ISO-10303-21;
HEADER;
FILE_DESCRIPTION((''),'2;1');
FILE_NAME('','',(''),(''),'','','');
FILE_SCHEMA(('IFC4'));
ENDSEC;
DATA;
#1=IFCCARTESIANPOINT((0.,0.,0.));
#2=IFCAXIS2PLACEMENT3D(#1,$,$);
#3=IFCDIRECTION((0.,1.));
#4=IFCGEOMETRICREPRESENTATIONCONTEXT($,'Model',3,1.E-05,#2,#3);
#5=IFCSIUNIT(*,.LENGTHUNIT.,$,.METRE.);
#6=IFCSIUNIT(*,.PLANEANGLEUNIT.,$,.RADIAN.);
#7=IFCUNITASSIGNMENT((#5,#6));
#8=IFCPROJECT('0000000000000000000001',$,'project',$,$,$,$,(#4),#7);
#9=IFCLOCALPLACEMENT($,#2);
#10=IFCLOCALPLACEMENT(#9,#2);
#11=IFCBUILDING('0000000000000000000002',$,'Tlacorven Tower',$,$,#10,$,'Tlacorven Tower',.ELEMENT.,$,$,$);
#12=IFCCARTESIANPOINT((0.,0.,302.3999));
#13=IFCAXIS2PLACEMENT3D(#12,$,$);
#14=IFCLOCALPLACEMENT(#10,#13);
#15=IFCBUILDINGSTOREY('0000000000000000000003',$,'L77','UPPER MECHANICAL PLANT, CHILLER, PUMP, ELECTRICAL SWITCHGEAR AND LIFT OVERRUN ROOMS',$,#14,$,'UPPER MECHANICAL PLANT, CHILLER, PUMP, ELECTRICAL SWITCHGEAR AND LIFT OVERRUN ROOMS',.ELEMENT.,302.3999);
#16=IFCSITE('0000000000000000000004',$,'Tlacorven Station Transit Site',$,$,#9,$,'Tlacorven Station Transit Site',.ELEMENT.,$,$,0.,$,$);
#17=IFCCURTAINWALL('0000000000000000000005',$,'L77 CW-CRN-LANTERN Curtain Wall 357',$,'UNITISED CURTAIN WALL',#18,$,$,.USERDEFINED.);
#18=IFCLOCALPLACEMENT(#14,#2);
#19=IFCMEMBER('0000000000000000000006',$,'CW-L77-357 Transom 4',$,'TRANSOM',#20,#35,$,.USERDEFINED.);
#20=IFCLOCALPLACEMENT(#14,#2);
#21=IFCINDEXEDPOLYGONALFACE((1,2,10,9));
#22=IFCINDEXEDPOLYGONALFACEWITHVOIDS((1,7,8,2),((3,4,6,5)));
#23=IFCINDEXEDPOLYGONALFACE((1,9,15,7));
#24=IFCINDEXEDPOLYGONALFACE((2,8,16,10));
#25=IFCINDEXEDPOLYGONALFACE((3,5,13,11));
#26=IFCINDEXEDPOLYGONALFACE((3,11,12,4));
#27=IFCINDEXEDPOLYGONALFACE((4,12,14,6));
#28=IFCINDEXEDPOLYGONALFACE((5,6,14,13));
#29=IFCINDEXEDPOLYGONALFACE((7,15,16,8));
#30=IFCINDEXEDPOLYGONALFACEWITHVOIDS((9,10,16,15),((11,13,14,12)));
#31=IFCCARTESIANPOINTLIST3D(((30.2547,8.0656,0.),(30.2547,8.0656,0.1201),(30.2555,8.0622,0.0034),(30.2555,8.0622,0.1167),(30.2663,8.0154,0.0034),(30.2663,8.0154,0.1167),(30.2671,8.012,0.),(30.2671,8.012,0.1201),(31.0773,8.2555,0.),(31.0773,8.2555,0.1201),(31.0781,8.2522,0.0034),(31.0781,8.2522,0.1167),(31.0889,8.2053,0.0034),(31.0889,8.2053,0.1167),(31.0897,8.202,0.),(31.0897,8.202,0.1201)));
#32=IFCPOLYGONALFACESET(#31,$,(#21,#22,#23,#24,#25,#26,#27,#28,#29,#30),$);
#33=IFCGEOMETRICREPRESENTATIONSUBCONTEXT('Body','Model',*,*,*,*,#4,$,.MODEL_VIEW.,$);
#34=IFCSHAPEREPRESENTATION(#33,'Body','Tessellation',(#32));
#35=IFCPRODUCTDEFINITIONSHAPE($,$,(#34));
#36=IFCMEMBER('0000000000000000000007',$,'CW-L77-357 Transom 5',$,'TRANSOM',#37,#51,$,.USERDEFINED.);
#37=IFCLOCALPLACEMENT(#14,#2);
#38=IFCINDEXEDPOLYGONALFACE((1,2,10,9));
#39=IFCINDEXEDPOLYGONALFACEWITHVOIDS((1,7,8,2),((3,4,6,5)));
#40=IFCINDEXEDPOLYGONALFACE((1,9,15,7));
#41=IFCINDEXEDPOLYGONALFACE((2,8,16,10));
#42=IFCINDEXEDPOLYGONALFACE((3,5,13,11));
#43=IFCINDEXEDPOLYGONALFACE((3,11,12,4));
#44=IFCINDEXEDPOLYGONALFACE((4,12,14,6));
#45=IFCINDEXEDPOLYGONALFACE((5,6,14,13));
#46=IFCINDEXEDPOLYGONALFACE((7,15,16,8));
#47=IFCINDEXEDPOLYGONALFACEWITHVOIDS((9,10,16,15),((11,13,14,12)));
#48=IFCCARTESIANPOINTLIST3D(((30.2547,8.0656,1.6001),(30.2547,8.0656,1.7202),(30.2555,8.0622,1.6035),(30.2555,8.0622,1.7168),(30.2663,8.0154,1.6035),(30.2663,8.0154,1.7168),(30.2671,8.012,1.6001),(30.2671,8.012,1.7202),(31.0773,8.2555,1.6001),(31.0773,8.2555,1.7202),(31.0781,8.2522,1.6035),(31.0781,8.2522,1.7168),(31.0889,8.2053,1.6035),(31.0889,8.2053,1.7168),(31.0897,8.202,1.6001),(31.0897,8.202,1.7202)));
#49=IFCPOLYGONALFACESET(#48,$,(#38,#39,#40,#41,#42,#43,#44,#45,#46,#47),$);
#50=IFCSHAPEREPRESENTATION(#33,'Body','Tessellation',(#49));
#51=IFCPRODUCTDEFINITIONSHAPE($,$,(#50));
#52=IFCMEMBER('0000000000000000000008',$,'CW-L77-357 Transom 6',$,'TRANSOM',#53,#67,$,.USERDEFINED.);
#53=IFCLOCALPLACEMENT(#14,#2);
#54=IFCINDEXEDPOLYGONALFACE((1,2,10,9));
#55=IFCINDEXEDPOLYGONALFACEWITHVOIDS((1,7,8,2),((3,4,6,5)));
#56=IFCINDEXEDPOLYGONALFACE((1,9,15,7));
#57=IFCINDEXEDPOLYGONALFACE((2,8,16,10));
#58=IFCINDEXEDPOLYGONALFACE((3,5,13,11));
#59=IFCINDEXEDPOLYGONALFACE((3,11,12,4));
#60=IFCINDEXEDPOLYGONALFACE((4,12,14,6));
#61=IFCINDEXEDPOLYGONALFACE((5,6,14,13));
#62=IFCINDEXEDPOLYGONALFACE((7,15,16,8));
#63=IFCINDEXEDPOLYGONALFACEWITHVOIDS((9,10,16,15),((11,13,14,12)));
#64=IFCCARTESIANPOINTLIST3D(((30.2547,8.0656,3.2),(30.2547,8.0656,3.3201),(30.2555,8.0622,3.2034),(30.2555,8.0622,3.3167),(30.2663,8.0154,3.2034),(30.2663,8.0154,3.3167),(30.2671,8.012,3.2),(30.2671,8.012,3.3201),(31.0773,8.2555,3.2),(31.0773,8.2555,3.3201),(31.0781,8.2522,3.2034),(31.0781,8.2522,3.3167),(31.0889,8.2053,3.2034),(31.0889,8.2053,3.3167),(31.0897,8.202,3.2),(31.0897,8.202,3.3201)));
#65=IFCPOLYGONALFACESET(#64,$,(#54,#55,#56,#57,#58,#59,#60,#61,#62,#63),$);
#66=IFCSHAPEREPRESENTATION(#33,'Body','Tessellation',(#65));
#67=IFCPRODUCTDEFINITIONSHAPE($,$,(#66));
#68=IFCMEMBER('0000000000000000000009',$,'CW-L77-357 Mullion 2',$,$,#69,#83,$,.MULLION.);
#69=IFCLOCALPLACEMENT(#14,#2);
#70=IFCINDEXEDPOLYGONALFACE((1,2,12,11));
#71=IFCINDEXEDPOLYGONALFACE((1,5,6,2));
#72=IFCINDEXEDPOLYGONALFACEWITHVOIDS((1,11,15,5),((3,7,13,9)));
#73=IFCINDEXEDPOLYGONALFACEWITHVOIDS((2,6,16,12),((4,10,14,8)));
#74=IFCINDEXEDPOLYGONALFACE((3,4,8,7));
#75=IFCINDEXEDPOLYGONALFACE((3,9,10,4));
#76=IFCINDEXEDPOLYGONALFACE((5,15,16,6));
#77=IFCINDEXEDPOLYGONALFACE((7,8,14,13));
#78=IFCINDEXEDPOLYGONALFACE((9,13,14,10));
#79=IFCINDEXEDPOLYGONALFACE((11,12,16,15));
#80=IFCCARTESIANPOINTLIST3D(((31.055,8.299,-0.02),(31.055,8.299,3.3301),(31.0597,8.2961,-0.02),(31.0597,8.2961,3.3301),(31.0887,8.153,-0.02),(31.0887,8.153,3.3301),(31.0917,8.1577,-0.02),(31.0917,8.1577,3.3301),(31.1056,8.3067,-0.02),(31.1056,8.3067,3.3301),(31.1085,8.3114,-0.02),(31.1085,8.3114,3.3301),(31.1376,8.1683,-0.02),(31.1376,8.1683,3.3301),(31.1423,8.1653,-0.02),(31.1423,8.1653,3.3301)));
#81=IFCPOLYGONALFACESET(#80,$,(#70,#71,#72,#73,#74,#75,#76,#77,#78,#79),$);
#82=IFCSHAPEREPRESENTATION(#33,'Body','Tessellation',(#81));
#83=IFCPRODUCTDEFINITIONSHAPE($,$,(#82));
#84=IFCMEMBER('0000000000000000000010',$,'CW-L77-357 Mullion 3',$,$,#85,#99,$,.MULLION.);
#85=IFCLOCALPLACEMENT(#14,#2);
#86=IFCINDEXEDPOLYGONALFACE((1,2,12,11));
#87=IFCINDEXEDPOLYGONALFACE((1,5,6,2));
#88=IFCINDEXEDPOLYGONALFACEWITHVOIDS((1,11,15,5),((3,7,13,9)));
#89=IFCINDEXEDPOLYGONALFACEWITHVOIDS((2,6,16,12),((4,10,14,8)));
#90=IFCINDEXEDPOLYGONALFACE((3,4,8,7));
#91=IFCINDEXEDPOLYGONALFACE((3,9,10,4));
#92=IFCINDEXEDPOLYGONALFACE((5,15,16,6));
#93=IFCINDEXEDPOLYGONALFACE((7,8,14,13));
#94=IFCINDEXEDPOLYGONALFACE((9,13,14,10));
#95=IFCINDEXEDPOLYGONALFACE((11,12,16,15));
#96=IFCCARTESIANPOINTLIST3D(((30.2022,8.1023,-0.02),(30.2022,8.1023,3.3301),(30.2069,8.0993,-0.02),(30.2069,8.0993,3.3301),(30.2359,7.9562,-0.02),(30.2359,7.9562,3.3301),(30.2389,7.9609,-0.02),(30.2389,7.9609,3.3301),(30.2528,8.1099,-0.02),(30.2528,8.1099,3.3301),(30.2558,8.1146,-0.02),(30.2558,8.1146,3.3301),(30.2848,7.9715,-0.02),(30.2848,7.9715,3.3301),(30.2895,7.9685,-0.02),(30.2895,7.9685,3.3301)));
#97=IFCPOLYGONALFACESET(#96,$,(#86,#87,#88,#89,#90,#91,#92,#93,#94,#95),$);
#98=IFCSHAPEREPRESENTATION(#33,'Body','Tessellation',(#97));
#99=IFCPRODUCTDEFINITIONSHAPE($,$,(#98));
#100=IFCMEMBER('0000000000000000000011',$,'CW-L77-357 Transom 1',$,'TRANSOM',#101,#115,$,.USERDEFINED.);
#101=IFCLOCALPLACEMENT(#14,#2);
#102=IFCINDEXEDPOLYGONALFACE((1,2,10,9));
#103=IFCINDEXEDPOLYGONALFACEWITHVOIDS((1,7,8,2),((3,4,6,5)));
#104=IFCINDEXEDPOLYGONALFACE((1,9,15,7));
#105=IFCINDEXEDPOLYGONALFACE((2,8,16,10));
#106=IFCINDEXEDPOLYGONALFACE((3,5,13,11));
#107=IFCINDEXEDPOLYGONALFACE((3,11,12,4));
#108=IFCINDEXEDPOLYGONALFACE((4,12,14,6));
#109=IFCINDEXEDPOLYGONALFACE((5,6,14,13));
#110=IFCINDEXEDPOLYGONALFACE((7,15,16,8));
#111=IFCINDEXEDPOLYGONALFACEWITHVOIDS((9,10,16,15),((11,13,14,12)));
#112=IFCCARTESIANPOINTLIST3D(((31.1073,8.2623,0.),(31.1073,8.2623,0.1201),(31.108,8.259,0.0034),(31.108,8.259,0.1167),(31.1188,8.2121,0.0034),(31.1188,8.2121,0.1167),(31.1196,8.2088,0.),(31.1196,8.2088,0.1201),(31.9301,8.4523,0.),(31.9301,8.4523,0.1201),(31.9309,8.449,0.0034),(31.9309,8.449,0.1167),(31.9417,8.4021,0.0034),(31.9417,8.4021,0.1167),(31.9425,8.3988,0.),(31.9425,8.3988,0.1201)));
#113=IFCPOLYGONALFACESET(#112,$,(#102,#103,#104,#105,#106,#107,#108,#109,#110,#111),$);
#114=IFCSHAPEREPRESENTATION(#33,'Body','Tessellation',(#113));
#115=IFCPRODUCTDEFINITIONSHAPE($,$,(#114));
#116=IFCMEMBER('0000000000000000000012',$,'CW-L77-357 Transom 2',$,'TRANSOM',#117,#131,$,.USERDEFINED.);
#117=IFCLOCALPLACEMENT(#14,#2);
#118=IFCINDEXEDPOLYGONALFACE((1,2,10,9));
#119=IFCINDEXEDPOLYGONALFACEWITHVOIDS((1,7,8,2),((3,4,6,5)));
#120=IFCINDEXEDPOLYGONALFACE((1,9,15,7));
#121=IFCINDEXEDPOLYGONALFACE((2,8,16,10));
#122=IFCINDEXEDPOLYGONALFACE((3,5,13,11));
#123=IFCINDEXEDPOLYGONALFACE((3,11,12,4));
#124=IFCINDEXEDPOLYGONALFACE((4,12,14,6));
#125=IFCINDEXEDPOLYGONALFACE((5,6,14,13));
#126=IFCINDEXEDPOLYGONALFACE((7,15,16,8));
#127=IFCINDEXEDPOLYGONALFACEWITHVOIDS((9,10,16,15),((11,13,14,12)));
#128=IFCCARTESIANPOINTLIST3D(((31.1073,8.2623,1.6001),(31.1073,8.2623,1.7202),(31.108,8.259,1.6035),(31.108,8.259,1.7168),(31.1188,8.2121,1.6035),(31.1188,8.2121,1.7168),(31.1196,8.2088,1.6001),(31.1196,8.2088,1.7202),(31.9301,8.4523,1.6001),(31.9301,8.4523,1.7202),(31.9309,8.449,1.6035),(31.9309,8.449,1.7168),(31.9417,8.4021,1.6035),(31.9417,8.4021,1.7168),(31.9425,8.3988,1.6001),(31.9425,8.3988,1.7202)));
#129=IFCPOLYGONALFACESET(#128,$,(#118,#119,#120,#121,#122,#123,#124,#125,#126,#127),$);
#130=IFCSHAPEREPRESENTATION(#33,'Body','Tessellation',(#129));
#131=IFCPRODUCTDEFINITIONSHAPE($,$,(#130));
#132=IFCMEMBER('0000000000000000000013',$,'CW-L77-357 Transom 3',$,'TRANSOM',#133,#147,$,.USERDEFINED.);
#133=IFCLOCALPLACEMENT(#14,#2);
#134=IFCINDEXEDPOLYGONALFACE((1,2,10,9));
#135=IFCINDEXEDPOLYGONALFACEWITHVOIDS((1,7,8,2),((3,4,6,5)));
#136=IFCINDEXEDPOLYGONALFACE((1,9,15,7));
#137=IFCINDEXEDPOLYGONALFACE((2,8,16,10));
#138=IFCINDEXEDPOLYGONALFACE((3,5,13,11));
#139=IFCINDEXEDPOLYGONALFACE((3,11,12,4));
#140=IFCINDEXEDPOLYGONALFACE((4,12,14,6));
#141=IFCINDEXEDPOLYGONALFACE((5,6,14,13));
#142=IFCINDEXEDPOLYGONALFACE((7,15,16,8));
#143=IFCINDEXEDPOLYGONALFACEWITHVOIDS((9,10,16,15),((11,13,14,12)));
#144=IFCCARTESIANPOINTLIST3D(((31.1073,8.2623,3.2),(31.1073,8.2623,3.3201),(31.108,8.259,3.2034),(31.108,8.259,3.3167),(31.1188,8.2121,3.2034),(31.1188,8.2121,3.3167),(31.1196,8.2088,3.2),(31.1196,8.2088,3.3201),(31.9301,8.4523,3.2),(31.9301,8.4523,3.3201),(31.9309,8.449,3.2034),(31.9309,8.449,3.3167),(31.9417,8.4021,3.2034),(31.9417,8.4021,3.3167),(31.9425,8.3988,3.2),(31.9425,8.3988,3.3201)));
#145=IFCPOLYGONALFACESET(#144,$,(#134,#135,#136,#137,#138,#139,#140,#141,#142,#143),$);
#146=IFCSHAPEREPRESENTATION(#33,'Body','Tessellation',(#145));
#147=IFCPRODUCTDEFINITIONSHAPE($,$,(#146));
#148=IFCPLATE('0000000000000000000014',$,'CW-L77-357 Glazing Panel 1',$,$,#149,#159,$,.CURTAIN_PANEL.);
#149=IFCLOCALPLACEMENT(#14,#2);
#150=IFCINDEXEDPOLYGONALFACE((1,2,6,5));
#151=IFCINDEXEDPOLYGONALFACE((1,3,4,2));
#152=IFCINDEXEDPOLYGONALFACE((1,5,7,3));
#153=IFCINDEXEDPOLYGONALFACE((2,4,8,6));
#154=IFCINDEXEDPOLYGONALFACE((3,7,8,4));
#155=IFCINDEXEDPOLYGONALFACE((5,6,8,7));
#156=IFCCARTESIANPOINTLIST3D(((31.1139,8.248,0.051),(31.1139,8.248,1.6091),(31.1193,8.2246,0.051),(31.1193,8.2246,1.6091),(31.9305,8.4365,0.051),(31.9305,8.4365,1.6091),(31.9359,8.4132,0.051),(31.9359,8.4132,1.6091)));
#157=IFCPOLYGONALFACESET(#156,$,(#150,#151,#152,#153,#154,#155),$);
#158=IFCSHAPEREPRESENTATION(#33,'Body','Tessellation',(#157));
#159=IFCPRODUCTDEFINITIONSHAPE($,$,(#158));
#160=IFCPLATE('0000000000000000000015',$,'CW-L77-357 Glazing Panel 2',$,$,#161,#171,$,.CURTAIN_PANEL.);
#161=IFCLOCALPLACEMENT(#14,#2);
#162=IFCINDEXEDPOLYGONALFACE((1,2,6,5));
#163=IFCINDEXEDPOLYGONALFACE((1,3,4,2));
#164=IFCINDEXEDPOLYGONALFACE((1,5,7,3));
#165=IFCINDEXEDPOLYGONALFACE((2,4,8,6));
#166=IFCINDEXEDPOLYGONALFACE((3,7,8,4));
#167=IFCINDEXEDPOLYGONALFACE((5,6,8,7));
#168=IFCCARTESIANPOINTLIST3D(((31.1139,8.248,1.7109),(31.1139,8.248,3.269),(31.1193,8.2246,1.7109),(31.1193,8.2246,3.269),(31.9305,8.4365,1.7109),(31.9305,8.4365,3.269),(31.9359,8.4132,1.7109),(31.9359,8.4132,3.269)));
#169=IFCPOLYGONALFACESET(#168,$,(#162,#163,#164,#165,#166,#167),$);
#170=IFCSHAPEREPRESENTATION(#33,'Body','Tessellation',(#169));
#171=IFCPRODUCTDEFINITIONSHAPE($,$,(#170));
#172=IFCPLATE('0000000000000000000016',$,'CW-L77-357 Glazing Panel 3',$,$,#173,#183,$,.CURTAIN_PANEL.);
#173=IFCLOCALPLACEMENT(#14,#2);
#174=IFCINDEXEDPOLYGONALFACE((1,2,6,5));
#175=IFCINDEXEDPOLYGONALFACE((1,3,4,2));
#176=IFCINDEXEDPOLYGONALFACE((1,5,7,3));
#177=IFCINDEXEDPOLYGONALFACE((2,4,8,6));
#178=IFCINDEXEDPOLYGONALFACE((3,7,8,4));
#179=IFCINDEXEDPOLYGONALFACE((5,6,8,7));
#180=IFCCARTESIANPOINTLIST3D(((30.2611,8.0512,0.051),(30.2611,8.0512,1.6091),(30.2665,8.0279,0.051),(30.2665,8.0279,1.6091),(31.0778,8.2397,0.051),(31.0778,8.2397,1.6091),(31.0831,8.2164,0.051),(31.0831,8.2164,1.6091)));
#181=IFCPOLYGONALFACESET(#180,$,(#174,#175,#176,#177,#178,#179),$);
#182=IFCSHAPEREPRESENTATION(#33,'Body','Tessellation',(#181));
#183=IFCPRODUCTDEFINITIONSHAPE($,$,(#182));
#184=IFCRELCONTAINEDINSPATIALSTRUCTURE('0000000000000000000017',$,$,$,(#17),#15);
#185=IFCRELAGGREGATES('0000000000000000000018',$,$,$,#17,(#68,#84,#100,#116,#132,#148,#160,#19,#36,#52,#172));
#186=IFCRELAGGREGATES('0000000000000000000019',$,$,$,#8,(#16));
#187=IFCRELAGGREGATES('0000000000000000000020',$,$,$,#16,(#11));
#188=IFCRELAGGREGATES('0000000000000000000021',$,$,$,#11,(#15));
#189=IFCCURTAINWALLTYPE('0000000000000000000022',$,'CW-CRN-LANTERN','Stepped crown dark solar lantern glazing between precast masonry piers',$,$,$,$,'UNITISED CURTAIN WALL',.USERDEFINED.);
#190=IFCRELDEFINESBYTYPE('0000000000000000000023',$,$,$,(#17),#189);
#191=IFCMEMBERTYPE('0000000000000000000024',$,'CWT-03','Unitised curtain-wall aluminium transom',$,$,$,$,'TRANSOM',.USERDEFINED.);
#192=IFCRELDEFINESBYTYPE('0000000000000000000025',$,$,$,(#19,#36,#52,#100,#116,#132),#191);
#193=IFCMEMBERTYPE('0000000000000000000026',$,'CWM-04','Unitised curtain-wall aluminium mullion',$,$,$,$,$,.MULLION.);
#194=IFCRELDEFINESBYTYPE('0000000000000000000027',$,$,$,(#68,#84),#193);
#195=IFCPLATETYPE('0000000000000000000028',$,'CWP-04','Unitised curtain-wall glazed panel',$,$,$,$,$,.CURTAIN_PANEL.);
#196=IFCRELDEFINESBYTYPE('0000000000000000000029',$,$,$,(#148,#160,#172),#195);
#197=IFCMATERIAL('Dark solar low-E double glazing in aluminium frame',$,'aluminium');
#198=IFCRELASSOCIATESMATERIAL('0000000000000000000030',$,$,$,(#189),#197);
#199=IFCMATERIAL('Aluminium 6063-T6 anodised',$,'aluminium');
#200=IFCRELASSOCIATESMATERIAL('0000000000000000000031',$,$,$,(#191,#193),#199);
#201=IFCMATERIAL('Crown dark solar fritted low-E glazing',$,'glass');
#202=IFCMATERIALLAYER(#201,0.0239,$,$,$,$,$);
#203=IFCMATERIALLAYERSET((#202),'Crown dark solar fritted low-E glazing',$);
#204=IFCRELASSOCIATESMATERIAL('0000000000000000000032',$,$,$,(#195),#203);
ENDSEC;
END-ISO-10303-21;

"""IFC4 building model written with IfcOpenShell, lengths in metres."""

from ifc_helpers import new_model, si_unit, direction, frame, origin, origin_2d, place, context, subcontext, project, spatial, rectangle, hollow_rectangle, extrude, source, transform, mapped, material, layer, layer_set, material_profile, profile_set, type_object, element, aggregate, save


model = new_model("IFC4")

# Units and contexts
model_context = context("Model", 3, precision=1e-05, world=origin(), true_north=direction((0.0, 1.0)))
body_context = subcontext(model_context, "Body", "Model", "MODEL_VIEW")
ifc_project = project(units=[si_unit("LENGTHUNIT", "METRE"), si_unit("PLANEANGLEUNIT", "RADIAN")], contexts=[model_context])

# Site, building, storey
site_placement = place(None, origin())
site = spatial("IfcSite", under=ifc_project, at=site_placement, Name="Tlacorven Station Transit Site", LongName="Tlacorven Station Transit Site", CompositionType="ELEMENT", RefElevation=0.0)
building_placement = place(site_placement, origin())
building = spatial("IfcBuilding", under=site, at=building_placement, Name="Tlacorven Tower", LongName="Tlacorven Tower", CompositionType="ELEMENT")
storey_placement = place(building_placement, frame((0.0, 0.0, 302.3999)))
storey = spatial("IfcBuildingStorey", under=building, at=storey_placement, Name="L77", Description="UPPER MECHANICAL PLANT, CHILLER, PUMP, ELECTRICAL SWITCHGEAR AND LIFT OVERRUN ROOMS", LongName="UPPER MECHANICAL PLANT, CHILLER, PUMP, ELECTRICAL SWITCHGEAR AND LIFT OVERRUN ROOMS", CompositionType="ELEMENT", Elevation=302.3999)

# Curtain wall, members, plates
ifc_material_1 = material(Name="Dark solar low-E double glazing in aluminium frame", Category="aluminium")
curtain_wall_type = type_object("IfcCurtainWallType", Name="CW-CRN-LANTERN", Description="Stepped crown dark solar lantern glazing between precast masonry piers", ElementType="UNITISED CURTAIN WALL", PredefinedType="USERDEFINED", material=ifc_material_1)
curtain_wall_placement = place(storey_placement, origin())
curtain_wall = element("IfcCurtainWall", 1, at=curtain_wall_placement, inside=storey, type_object=curtain_wall_type, Name="L77 CW-CRN-LANTERN Curtain Wall 357", ObjectType="UNITISED CURTAIN WALL", PredefinedType="USERDEFINED")
ifc_material_2 = material(Name="Aluminium 6063-T6 anodised", Category="aluminium")
ifc_material_profile_1 = material_profile(ifc_material_2, hollow_rectangle(XDim=0.0549, YDim=0.1201, WallThickness=0.0034, at=origin_2d()), Name="ALU TRANSOM 55X120")
ifc_profile_set_1 = profile_set([ifc_material_profile_1], Name="Aluminium 6063-T6 anodised")
member_type_1 = type_object("IfcMemberType", Name="CWT-03", Description="Unitised curtain-wall aluminium transom", ElementType="TRANSOM", PredefinedType="USERDEFINED", material=ifc_profile_set_1)
shared_shape_1 = source(origin(), body_context, "Body", "SweptSolid", [
    extrude(hollow_rectangle(XDim=0.0549, YDim=0.1201, WallThickness=0.0034, at=origin_2d()), origin(), (0.0, 0.0, 1.0), 0.8442),
])
member_1_placement = place(storey_placement, frame((31.0835, 8.2288, 0.0601), z_axis=(-0.974357, -0.225007, 0.0), x_axis=(0.225007, -0.974357, 0.0)))
member_1 = element("IfcMember", 2, at=member_1_placement, type_object=member_type_1, Name="CW-L77-357 Transom 4", ObjectType="TRANSOM", PredefinedType="USERDEFINED", context=body_context, shape_type="MappedRepresentation", body=[
    mapped(shared_shape_1, transform((0.0, 0.0, 0.0), scale=1.0)),
])
member_2_placement = place(storey_placement, frame((31.0835, 8.2288, 1.6602), z_axis=(-0.974357, -0.225007, 0.0), x_axis=(0.225007, -0.974357, 0.0)))
member_2 = element("IfcMember", 3, at=member_2_placement, type_object=member_type_1, Name="CW-L77-357 Transom 5", ObjectType="TRANSOM", PredefinedType="USERDEFINED", context=body_context, shape_type="MappedRepresentation", body=[
    mapped(shared_shape_1, transform((0.0, 0.0, 0.0), scale=1.0)),
])
member_3_placement = place(storey_placement, frame((31.0835, 8.2288, 3.26), z_axis=(-0.974357, -0.225007, 0.0), x_axis=(0.225007, -0.974357, 0.0)))
member_3 = element("IfcMember", 4, at=member_3_placement, type_object=member_type_1, Name="CW-L77-357 Transom 6", ObjectType="TRANSOM", PredefinedType="USERDEFINED", context=body_context, shape_type="MappedRepresentation", body=[
    mapped(shared_shape_1, transform((0.0, 0.0, 0.0), scale=1.0)),
])
ifc_material_profile_2 = material_profile(ifc_material_2, hollow_rectangle(XDim=0.0549, YDim=0.1499, WallThickness=0.0039, at=origin_2d()), Name="ALU MULLION 55X150")
ifc_profile_set_2 = profile_set([ifc_material_profile_2], Name="Aluminium 6063-T6 anodised")
member_type_2 = type_object("IfcMemberType", Name="CWM-04", Description="Unitised curtain-wall aluminium mullion", PredefinedType="MULLION", material=ifc_profile_set_2)
shared_shape_2 = source(origin(), body_context, "Body", "SweptSolid", [
    extrude(hollow_rectangle(XDim=0.0549, YDim=0.1499, WallThickness=0.0039, at=origin_2d()), origin(), (0.0, 0.0, 1.0), 3.3501),
])
member_4_placement = place(storey_placement, frame((31.0986, 8.2322, -0.02), z_axis=(0.0, 0.0, 1.0), x_axis=(-0.97437, -0.22495, 0.0)))
member_4 = element("IfcMember", 5, at=member_4_placement, type_object=member_type_2, Name="CW-L77-357 Mullion 2", PredefinedType="MULLION", context=body_context, shape_type="MappedRepresentation", body=[
    mapped(shared_shape_2, transform((0.0, 0.0, 0.0), scale=1.0)),
])
member_5_placement = place(storey_placement, frame((30.2458, 8.0354, -0.02), z_axis=(0.0, 0.0, 1.0), x_axis=(-0.97437, -0.22495, 0.0)))
member_5 = element("IfcMember", 6, at=member_5_placement, type_object=member_type_2, Name="CW-L77-357 Mullion 3", PredefinedType="MULLION", context=body_context, shape_type="MappedRepresentation", body=[
    mapped(shared_shape_2, transform((0.0, 0.0, 0.0), scale=1.0)),
])
shared_shape_3 = source(origin(), body_context, "Body", "SweptSolid", [
    extrude(hollow_rectangle(XDim=0.0549, YDim=0.1201, WallThickness=0.0034, at=origin_2d()), origin(), (0.0, 0.0, 1.0), 0.8445),
])
member_6_placement = place(storey_placement, frame((31.9363, 8.4255, 0.0601), z_axis=(-0.974372, -0.224944, 0.0), x_axis=(0.224944, -0.974372, 0.0)))
member_6 = element("IfcMember", 7, at=member_6_placement, type_object=member_type_1, Name="CW-L77-357 Transom 1", ObjectType="TRANSOM", PredefinedType="USERDEFINED", context=body_context, shape_type="MappedRepresentation", body=[
    mapped(shared_shape_3, transform((0.0, 0.0, 0.0), scale=1.0)),
])
member_7_placement = place(storey_placement, frame((31.9363, 8.4255, 1.6602), z_axis=(-0.974372, -0.224944, 0.0), x_axis=(0.224944, -0.974372, 0.0)))
member_7 = element("IfcMember", 8, at=member_7_placement, type_object=member_type_1, Name="CW-L77-357 Transom 2", ObjectType="TRANSOM", PredefinedType="USERDEFINED", context=body_context, shape_type="MappedRepresentation", body=[
    mapped(shared_shape_3, transform((0.0, 0.0, 0.0), scale=1.0)),
])
member_8_placement = place(storey_placement, frame((31.9363, 8.4255, 3.26), z_axis=(-0.974372, -0.224944, 0.0), x_axis=(0.224944, -0.974372, 0.0)))
member_8 = element("IfcMember", 9, at=member_8_placement, type_object=member_type_1, Name="CW-L77-357 Transom 3", ObjectType="TRANSOM", PredefinedType="USERDEFINED", context=body_context, shape_type="MappedRepresentation", body=[
    mapped(shared_shape_3, transform((0.0, 0.0, 0.0), scale=1.0)),
])
ifc_material_3 = material(Name="Crown dark solar fritted low-E glazing", Category="glass")
ifc_layer_1 = layer(ifc_material_3, 0.0239)
ifc_layer_set_1 = layer_set([ifc_layer_1], Name="Crown dark solar fritted low-E glazing")
plate_type = type_object("IfcPlateType", Name="CWP-04", Description="Unitised curtain-wall glazed panel", PredefinedType="CURTAIN_PANEL", material=ifc_layer_set_1)
shared_shape_4 = source(origin(), body_context, "Body", "SweptSolid", [
    extrude(rectangle(XDim=0.8381, YDim=0.0239, at=origin_2d()), origin(), (0.0, 0.0, 1.0), 1.5581),
])
plate_1_placement = place(storey_placement, frame((31.5249, 8.3306, 0.051), z_axis=(0.0, 0.0, 1.0), x_axis=(-0.97437, -0.22495, 0.0)))
plate_1 = element("IfcPlate", 10, at=plate_1_placement, type_object=plate_type, Name="CW-L77-357 Glazing Panel 1", PredefinedType="CURTAIN_PANEL", context=body_context, shape_type="MappedRepresentation", body=[
    mapped(shared_shape_4, transform((0.0, 0.0, 0.0), scale=1.0)),
])
plate_2_placement = place(storey_placement, frame((31.5249, 8.3306, 1.7109), z_axis=(0.0, 0.0, 1.0), x_axis=(-0.97437, -0.22495, 0.0)))
plate_2 = element("IfcPlate", 11, at=plate_2_placement, type_object=plate_type, Name="CW-L77-357 Glazing Panel 2", PredefinedType="CURTAIN_PANEL", context=body_context, shape_type="MappedRepresentation", body=[
    mapped(shared_shape_4, transform((0.0, 0.0, 0.0), scale=1.0)),
])
plate_3_placement = place(storey_placement, frame((30.6721, 8.1338, 0.051), z_axis=(0.0, 0.0, 1.0), x_axis=(-0.97437, -0.22495, 0.0)))
plate_3 = element("IfcPlate", 12, at=plate_3_placement, type_object=plate_type, Name="CW-L77-357 Glazing Panel 3", PredefinedType="CURTAIN_PANEL", context=body_context, shape_type="MappedRepresentation", body=[
    mapped(shared_shape_4, transform((0.0, 0.0, 0.0), scale=1.0)),
])
aggregate(curtain_wall, [member_4, member_5, member_6, member_7, member_8, plate_1, plate_2, member_1, member_2, member_3, plate_3])

save(model, "model.ifc")
